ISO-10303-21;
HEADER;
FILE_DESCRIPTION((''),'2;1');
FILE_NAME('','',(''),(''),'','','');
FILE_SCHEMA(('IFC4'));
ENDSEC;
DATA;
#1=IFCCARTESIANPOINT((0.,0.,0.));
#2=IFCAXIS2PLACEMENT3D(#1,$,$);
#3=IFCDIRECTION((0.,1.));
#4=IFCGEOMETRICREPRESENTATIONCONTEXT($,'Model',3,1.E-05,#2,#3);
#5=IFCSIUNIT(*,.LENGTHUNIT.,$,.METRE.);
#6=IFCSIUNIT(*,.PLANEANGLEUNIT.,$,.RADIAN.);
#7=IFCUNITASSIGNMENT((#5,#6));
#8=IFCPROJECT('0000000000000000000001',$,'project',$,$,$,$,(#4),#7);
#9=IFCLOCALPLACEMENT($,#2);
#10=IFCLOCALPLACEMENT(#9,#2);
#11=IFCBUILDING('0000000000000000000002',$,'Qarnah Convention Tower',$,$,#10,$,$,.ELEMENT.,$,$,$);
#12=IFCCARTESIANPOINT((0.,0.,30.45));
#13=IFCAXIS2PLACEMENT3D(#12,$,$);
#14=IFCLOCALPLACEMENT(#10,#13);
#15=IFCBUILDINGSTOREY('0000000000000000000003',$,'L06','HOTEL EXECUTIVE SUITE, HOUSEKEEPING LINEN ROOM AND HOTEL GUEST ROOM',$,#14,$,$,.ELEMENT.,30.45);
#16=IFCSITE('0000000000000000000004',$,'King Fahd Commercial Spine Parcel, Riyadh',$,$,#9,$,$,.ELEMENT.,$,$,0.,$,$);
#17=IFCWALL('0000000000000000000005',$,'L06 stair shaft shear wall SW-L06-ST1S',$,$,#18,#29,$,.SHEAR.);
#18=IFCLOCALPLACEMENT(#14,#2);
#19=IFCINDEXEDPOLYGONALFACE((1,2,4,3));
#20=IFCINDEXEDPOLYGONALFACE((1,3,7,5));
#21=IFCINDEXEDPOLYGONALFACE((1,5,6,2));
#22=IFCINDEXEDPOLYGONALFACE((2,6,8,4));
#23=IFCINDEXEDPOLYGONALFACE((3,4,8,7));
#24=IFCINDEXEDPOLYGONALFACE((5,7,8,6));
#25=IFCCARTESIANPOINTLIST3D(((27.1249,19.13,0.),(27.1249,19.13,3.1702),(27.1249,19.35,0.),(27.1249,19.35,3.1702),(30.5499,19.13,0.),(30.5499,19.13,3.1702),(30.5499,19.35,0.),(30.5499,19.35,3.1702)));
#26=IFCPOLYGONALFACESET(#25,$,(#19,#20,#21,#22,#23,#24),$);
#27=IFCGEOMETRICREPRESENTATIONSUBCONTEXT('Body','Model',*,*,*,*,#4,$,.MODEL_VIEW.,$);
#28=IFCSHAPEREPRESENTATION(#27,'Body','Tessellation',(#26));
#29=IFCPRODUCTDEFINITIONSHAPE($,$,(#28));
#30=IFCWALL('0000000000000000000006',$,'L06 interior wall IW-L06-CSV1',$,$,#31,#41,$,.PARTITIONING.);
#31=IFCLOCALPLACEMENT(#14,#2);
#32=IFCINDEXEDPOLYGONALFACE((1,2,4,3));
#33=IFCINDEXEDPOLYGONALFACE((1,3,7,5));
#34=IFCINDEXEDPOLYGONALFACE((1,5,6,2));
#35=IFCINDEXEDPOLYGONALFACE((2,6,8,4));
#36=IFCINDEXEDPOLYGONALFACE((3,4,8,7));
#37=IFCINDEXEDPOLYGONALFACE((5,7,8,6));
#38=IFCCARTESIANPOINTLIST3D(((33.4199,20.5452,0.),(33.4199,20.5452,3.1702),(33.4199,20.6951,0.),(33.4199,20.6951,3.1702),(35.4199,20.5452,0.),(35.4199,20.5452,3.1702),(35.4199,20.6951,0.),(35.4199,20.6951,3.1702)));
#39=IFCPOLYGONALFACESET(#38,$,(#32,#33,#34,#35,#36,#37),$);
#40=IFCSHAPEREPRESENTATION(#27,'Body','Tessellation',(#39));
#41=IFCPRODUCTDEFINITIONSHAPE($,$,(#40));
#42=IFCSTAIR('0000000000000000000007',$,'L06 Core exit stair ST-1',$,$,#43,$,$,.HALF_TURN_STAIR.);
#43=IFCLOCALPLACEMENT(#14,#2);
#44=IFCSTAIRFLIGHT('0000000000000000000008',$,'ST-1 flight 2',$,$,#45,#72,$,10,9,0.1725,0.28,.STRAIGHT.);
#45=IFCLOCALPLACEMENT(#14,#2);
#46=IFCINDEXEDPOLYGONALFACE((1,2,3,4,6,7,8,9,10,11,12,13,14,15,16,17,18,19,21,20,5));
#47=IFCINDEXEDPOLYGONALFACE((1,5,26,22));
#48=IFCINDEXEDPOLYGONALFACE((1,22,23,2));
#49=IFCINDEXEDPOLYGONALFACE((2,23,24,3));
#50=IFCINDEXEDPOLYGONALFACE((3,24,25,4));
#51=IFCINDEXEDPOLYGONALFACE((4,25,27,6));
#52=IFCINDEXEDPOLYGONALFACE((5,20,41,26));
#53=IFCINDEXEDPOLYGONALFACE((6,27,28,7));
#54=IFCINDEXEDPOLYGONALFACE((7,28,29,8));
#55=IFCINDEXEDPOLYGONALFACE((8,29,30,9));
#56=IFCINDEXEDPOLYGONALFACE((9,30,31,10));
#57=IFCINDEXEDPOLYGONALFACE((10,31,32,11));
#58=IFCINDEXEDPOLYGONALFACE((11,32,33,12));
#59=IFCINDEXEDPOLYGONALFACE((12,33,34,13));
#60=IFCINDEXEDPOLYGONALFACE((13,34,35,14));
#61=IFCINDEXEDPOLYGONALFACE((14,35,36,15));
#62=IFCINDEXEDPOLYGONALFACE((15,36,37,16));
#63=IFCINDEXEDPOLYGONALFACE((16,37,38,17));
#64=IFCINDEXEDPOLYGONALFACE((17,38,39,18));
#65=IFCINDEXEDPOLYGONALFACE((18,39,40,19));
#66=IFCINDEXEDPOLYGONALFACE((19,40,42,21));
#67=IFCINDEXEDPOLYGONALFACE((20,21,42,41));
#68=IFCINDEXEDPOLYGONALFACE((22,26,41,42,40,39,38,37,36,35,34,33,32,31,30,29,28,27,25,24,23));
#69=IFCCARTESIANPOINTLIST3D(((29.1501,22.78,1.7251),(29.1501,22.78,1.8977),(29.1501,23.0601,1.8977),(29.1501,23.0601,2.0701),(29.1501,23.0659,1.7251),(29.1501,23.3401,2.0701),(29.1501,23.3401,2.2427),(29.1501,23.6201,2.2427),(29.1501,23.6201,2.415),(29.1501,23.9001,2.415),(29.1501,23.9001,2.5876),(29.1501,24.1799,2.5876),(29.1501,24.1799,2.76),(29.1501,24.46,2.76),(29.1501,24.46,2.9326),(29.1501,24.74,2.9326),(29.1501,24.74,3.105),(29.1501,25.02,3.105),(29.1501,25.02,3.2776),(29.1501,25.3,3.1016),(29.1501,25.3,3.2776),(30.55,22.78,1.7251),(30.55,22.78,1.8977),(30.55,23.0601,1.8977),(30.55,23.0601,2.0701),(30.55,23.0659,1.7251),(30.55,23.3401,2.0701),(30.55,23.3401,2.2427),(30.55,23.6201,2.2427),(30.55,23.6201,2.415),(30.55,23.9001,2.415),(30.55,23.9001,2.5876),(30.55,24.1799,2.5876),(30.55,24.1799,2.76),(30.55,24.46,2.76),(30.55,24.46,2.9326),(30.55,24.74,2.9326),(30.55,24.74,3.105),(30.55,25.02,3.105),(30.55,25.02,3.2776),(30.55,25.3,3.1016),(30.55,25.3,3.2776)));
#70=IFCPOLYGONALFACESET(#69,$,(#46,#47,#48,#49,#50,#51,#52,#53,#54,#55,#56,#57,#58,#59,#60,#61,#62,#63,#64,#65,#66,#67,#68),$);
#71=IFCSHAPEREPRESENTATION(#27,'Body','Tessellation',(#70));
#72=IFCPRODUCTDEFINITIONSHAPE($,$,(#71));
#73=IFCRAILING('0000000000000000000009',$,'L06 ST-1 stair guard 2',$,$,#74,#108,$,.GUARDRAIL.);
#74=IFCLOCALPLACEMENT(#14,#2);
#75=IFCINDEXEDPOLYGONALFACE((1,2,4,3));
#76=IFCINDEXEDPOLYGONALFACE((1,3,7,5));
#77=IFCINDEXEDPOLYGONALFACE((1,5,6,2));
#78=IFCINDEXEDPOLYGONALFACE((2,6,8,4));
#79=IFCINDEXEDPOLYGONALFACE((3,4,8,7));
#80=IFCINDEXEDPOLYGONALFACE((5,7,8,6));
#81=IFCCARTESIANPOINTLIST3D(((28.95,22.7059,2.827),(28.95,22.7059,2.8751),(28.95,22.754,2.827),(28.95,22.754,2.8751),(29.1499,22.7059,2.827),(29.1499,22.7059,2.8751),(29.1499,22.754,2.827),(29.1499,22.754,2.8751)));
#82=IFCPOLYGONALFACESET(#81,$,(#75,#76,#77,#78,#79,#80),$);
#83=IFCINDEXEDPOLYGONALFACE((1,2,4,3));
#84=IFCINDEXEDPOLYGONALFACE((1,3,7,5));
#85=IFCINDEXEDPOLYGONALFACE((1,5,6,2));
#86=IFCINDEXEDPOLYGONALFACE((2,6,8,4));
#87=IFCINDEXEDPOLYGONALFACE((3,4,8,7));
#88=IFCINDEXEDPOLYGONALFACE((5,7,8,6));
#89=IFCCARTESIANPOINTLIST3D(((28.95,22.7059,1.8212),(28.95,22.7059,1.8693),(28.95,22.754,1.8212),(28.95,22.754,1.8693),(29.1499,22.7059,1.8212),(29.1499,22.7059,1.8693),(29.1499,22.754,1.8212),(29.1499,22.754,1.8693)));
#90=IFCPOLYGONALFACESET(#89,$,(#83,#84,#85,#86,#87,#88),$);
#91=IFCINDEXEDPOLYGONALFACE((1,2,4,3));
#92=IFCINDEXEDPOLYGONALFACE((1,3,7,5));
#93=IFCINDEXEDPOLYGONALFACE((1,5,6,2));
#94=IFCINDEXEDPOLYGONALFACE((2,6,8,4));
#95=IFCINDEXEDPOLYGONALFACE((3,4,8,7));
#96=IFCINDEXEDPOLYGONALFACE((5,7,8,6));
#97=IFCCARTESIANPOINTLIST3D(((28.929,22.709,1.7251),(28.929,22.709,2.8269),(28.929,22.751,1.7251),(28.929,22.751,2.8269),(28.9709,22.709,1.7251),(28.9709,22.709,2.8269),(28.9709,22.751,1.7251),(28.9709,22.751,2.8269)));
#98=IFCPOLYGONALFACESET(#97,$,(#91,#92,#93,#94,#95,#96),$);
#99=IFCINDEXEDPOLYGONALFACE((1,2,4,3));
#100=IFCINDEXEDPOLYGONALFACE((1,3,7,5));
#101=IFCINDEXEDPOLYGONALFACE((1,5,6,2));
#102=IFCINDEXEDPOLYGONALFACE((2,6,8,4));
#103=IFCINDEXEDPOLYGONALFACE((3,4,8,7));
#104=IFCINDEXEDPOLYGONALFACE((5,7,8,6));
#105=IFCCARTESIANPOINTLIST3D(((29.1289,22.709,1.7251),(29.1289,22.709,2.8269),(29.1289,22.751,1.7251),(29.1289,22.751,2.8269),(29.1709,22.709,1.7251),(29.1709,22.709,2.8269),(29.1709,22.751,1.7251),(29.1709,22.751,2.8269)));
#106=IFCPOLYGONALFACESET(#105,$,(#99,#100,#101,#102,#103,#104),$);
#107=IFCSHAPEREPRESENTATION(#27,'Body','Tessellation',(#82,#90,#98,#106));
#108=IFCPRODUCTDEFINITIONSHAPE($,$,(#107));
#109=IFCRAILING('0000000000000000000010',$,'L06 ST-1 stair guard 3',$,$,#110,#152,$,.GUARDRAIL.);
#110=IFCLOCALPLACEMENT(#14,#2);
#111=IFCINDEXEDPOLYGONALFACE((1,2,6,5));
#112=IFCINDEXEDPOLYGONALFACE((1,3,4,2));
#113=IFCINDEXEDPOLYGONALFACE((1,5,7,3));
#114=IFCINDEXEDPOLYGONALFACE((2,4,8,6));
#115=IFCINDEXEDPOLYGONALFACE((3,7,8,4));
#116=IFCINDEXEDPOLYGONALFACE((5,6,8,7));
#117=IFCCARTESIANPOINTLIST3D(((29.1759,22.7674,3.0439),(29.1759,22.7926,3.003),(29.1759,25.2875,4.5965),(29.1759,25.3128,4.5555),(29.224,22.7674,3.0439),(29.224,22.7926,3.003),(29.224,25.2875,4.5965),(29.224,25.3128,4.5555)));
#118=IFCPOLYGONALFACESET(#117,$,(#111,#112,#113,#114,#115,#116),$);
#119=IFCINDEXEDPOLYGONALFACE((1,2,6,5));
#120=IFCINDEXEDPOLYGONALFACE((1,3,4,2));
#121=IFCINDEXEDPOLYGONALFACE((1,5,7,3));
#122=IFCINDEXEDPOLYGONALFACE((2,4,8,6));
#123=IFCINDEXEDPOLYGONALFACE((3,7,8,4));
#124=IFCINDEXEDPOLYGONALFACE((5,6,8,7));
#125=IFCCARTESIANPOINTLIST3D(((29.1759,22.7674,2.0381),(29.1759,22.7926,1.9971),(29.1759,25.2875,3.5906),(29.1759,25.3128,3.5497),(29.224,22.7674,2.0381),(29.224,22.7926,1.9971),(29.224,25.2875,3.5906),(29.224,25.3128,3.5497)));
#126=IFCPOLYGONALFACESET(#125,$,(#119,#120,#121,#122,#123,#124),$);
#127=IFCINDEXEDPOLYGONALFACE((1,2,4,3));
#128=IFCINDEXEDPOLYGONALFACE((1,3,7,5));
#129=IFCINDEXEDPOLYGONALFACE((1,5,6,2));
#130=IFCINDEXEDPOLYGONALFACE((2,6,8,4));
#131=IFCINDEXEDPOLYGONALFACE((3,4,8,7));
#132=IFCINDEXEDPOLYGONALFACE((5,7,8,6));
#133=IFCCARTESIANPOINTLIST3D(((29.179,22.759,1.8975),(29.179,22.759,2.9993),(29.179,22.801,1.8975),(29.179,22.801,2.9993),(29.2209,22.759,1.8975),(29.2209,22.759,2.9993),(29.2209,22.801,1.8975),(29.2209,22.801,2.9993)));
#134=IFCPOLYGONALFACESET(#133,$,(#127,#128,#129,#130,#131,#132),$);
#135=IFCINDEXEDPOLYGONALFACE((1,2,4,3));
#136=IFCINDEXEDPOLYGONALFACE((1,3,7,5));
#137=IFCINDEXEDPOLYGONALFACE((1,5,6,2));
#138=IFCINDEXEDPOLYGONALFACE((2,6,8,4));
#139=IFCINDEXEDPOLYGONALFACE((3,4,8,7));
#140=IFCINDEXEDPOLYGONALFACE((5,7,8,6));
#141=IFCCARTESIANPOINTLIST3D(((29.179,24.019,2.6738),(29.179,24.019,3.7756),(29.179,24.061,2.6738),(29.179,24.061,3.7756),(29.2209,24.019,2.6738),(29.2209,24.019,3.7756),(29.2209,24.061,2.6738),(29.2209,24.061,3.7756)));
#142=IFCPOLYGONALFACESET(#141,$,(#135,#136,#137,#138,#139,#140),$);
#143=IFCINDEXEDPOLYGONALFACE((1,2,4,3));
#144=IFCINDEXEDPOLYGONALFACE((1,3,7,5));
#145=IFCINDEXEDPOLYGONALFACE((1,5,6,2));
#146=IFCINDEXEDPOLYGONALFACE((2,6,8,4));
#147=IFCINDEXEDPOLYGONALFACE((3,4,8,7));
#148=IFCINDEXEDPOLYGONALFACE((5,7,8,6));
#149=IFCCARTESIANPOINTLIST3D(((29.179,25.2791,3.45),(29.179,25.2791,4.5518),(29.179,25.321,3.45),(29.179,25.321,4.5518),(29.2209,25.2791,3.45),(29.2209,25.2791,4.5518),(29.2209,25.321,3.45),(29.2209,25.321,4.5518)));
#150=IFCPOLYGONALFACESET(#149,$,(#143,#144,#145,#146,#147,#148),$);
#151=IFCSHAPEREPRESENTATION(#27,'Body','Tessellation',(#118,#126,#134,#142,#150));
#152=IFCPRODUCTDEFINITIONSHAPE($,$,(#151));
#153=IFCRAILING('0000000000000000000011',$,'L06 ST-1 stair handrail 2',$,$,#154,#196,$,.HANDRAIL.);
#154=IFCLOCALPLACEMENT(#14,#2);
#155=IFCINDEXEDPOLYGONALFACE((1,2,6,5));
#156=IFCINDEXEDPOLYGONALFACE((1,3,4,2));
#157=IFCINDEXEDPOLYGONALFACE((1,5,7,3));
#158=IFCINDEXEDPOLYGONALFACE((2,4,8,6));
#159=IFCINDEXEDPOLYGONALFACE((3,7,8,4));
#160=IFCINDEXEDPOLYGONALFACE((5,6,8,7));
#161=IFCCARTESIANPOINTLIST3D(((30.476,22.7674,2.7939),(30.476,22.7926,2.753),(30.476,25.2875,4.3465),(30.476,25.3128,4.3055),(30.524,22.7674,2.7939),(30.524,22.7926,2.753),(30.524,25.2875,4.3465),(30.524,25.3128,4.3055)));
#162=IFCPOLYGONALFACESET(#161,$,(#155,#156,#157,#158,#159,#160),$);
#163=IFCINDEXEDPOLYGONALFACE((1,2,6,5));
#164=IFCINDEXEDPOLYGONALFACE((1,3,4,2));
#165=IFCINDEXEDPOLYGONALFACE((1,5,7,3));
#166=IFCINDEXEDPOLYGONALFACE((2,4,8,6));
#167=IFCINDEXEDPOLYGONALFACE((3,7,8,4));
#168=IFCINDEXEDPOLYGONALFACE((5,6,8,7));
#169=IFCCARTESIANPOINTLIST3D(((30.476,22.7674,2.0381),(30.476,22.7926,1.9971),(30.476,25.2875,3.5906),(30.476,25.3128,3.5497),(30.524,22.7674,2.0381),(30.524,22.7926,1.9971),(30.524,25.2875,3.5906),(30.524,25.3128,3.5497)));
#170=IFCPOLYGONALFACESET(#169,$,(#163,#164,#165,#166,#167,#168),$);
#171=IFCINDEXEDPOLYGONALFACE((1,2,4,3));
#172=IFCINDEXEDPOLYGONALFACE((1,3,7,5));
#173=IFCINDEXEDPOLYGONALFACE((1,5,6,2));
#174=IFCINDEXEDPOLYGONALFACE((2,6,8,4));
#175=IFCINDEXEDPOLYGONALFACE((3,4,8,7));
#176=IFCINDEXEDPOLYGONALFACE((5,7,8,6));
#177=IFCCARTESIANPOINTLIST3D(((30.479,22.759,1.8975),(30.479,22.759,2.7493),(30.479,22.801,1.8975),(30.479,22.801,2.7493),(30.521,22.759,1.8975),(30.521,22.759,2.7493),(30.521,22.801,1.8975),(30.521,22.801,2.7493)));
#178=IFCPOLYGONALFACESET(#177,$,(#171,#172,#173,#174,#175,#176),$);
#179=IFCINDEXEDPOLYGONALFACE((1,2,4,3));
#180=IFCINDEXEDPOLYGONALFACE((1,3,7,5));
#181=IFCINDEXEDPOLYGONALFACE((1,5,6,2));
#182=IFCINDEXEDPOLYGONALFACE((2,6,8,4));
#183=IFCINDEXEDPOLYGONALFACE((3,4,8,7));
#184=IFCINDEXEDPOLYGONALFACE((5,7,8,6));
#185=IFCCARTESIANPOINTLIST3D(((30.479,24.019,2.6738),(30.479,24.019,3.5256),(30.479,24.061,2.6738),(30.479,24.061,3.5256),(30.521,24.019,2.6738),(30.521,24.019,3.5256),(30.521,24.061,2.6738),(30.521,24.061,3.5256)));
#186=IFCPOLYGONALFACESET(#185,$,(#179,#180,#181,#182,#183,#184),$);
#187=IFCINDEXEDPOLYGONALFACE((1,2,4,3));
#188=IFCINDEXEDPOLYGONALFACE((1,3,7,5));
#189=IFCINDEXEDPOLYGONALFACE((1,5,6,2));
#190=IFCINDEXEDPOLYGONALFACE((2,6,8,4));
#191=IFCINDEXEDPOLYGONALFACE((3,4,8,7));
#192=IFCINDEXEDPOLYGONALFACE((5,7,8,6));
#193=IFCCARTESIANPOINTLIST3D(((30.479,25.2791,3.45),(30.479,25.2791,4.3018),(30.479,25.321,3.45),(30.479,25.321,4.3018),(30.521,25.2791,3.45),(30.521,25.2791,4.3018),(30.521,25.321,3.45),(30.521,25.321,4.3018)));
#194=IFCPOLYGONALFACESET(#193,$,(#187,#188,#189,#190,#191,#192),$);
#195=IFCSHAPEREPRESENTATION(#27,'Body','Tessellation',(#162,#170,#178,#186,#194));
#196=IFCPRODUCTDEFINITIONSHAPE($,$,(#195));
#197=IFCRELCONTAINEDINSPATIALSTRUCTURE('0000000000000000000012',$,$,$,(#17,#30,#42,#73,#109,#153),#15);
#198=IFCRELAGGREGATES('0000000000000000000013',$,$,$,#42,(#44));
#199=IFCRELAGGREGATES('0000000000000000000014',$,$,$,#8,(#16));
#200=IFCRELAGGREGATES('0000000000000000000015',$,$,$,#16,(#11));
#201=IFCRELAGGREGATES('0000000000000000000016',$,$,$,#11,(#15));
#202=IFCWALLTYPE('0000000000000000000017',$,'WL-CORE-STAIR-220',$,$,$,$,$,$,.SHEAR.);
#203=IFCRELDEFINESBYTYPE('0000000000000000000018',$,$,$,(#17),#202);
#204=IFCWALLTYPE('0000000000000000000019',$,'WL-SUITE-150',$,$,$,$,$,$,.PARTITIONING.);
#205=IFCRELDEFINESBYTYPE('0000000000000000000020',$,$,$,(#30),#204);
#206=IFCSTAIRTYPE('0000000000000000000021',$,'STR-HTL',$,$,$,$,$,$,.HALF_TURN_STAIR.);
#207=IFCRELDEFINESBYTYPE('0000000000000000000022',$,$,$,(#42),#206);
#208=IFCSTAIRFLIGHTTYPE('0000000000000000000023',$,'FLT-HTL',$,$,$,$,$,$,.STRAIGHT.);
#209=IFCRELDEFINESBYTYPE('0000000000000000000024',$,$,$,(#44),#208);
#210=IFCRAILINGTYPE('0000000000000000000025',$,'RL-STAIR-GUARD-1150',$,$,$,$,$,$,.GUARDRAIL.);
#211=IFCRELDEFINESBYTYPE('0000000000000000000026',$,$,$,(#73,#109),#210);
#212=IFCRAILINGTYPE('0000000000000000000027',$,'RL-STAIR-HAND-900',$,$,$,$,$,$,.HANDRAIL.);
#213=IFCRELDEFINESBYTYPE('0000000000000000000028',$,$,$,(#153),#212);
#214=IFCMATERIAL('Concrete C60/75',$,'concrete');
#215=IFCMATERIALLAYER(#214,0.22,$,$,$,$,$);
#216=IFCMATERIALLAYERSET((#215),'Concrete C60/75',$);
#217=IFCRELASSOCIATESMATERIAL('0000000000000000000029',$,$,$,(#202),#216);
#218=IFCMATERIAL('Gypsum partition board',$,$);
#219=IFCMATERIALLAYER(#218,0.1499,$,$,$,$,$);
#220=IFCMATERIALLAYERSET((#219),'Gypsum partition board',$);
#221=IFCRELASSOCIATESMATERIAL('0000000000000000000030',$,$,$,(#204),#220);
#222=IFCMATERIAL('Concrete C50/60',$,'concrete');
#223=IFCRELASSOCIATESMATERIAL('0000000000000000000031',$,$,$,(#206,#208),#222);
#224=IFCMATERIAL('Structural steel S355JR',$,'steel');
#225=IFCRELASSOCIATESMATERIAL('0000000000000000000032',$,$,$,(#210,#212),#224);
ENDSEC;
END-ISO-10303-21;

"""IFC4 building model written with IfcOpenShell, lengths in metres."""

from ifc_helpers import new_model, si_unit, direction, frame, frame_2d, origin, origin_2d, place, context, subcontext, project, spatial, polyline, rectangle, outline, extrude, material, layer, layer_set, type_object, element, aggregate, save


model = new_model("IFC4")

# Units and contexts
model_context = context("Model", 3, precision=1e-05, world=origin(), true_north=direction((0.0, 1.0)))
body_context = subcontext(model_context, "Body", "Model", "MODEL_VIEW")
ifc_project = project(units=[si_unit("LENGTHUNIT", "METRE"), si_unit("PLANEANGLEUNIT", "RADIAN")], contexts=[model_context])

# Site, building, storey
site_placement = place(None, origin())
site = spatial("IfcSite", under=ifc_project, at=site_placement, Name="King Fahd Commercial Spine Parcel, Riyadh", CompositionType="ELEMENT", RefElevation=0.0)
building_placement = place(site_placement, origin())
building = spatial("IfcBuilding", under=site, at=building_placement, Name="Qarnah Convention Tower", CompositionType="ELEMENT")
storey_placement = place(building_placement, frame((0.0, 0.0, 30.45)))
storey = spatial("IfcBuildingStorey", under=building, at=storey_placement, Name="L06", Description="HOTEL EXECUTIVE SUITE, HOUSEKEEPING LINEN ROOM AND HOTEL GUEST ROOM", CompositionType="ELEMENT", Elevation=30.45)

# Shared definitions
ifc_material_1 = material(Name="Structural steel S355JR", Category="steel")

# Walls
ifc_material_2 = material(Name="Concrete C60/75", Category="concrete")
ifc_layer_1 = layer(ifc_material_2, 0.22)
ifc_layer_set_1 = layer_set([ifc_layer_1], Name="Concrete C60/75")
wall_type_1 = type_object("IfcWallType", Name="WL-CORE-STAIR-220", PredefinedType="SHEAR", material=ifc_layer_set_1)
wall_1_placement = place(storey_placement, frame((27.125, 19.24, 0.0), z_axis=(0.0, 0.0, 1.0), x_axis=(1.0, 0.0, 0.0)))
element("IfcWall", 1, at=wall_1_placement, inside=storey, type_object=wall_type_1, Name="L06 stair shaft shear wall SW-L06-ST1S", PredefinedType="SHEAR", context=body_context, shape_type="SweptSolid", body=[
    extrude(rectangle(XDim=3.425, YDim=0.22, at=frame_2d((1.7124, 0.0))), origin(), (0.0, 0.0, 1.0), 3.1702),
])
ifc_material_3 = material(Name="Gypsum partition board")
ifc_layer_2 = layer(ifc_material_3, 0.1499)
ifc_layer_set_2 = layer_set([ifc_layer_2], Name="Gypsum partition board")
wall_type_2 = type_object("IfcWallType", Name="WL-SUITE-150", PredefinedType="PARTITIONING", material=ifc_layer_set_2)
wall_2_placement = place(storey_placement, frame((33.4199, 20.6201, 0.0), z_axis=(0.0, 0.0, 1.0), x_axis=(1.0, 0.0, 0.0)))
element("IfcWall", 2, at=wall_2_placement, inside=storey, type_object=wall_type_2, Name="L06 interior wall IW-L06-CSV1", PredefinedType="PARTITIONING", context=body_context, shape_type="SweptSolid", body=[
    extrude(rectangle(XDim=2.0, YDim=0.1499, at=frame_2d((1.0, 0.0))), origin(), (0.0, 0.0, 1.0), 3.1702),
])

# Stair, stair flight
ifc_material_4 = material(Name="Concrete C50/60", Category="concrete")
stair_type = type_object("IfcStairType", Name="STR-HTL", PredefinedType="HALF_TURN_STAIR", material=ifc_material_4)
stair_placement = place(storey_placement, origin())
stair = element("IfcStair", 3, at=stair_placement, inside=storey, type_object=stair_type, Name="L06 Core exit stair ST-1", PredefinedType="HALF_TURN_STAIR")
stair_flight_type = type_object("IfcStairFlightType", Name="FLT-HTL", PredefinedType="STRAIGHT", material=ifc_material_4)
stair_flight_placement = place(storey_placement, frame((29.8501, 22.78, 1.7251), z_axis=(0.0, 0.0, 1.0), x_axis=(0.0, 1.0, 0.0)))
stair_flight = element("IfcStairFlight", 4, at=stair_flight_placement, type_object=stair_flight_type, Name="ST-1 flight 2", NumberOfRisers=10, NumberOfTreads=9, PredefinedType="STRAIGHT", RiserHeight=0.1725, TreadLength=0.28, context=body_context, shape_type="SweptSolid", body=[
    extrude(outline(polyline([(0.0, 0.0), (0.0, 0.1726), (0.28, 0.1726), (0.28, 0.345), (0.5601, 0.345), (0.5601, 0.5176), (0.8401, 0.5176), (0.8401, 0.6899), (1.1201, 0.6899), (1.1201, 0.8625), (1.3999, 0.8625), (1.3999, 1.0349), (1.6799, 1.0349), (1.6799, 1.2075), (1.96, 1.2075), (1.96, 1.3799), (2.24, 1.3799), (2.24, 1.5525), (2.52, 1.5525), (2.52, 1.7251), (2.52, 1.3765), (0.2859, 0.0), (0.0, 0.0)])), frame((0.0, 0.7, 0.0), z_axis=(0.0, -1.0, 0.0), x_axis=(1.0, 0.0, 0.0)), (0.0, 0.0, 1.0), 1.3999),
])
aggregate(stair, [stair_flight])

# Railings
railing_type_1 = type_object("IfcRailingType", Name="RL-STAIR-GUARD-1150", PredefinedType="GUARDRAIL", material=ifc_material_1)
railing_1_placement = place(storey_placement, frame((28.95, 22.73, 1.7251)))
element("IfcRailing", 5, at=railing_1_placement, inside=storey, type_object=railing_type_1, Name="L06 ST-1 stair guard 2", PredefinedType="GUARDRAIL", context=body_context, shape_type="SweptSolid", body=[
    extrude(rectangle(XDim=0.0481, YDim=0.0481, at=origin_2d()), frame((0.0, 0.0, 1.126), z_axis=(1.0, 0.0, 0.0), x_axis=(0.0, 1.0, 0.0)), (0.0, 0.0, 1.0), 0.2),
    extrude(rectangle(XDim=0.0481, YDim=0.0481, at=origin_2d()), frame((0.0, 0.0, 0.1201), z_axis=(1.0, 0.0, 0.0), x_axis=(0.0, 1.0, 0.0)), (0.0, 0.0, 1.0), 0.2),
    extrude(rectangle(XDim=0.042, YDim=0.042, at=origin_2d()), origin(), (0.0, 0.0, 1.0), 1.1018),
    extrude(rectangle(XDim=0.042, YDim=0.042, at=origin_2d()), frame((0.2, 0.0, 0.0)), (0.0, 0.0, 1.0), 1.1018),
])
railing_2_placement = place(storey_placement, frame((29.2, 22.78, 1.8975)))
element("IfcRailing", 6, at=railing_2_placement, inside=storey, type_object=railing_type_1, Name="L06 ST-1 stair guard 3", PredefinedType="GUARDRAIL", context=body_context, shape_type="SweptSolid", body=[
    extrude(rectangle(XDim=0.0481, YDim=0.0481, at=origin_2d()), frame((0.0, 0.0, 1.126), z_axis=(0.0, 0.8514, 0.524516), x_axis=(-1.0, 0.0, 0.0)), (0.0, 0.0, 1.0), 2.96),
    extrude(rectangle(XDim=0.0481, YDim=0.0481, at=origin_2d()), frame((0.0, 0.0, 0.1201), z_axis=(0.0, 0.8514, 0.524516), x_axis=(-1.0, 0.0, 0.0)), (0.0, 0.0, 1.0), 2.96),
    extrude(rectangle(XDim=0.042, YDim=0.042, at=origin_2d()), origin(), (0.0, 0.0, 1.0), 1.1018),
    extrude(rectangle(XDim=0.042, YDim=0.042, at=origin_2d()), frame((0.0, 1.26, 0.7764)), (0.0, 0.0, 1.0), 1.1018),
    extrude(rectangle(XDim=0.042, YDim=0.042, at=origin_2d()), frame((0.0, 2.52, 1.5525)), (0.0, 0.0, 1.0), 1.1018),
])
railing_type_2 = type_object("IfcRailingType", Name="RL-STAIR-HAND-900", PredefinedType="HANDRAIL", material=ifc_material_1)
railing_3_placement = place(storey_placement, frame((30.5, 22.78, 1.8975)))
element("IfcRailing", 7, at=railing_3_placement, inside=storey, type_object=railing_type_2, Name="L06 ST-1 stair handrail 2", PredefinedType="HANDRAIL", context=body_context, shape_type="SweptSolid", body=[
    extrude(rectangle(XDim=0.0481, YDim=0.0481, at=origin_2d()), frame((0.0, 0.0, 0.876), z_axis=(0.0, 0.8514, 0.524516), x_axis=(-1.0, 0.0, 0.0)), (0.0, 0.0, 1.0), 2.96),
    extrude(rectangle(XDim=0.0481, YDim=0.0481, at=origin_2d()), frame((0.0, 0.0, 0.1201), z_axis=(0.0, 0.8514, 0.524516), x_axis=(-1.0, 0.0, 0.0)), (0.0, 0.0, 1.0), 2.96),
    extrude(rectangle(XDim=0.042, YDim=0.042, at=origin_2d()), origin(), (0.0, 0.0, 1.0), 0.8518),
    extrude(rectangle(XDim=0.042, YDim=0.042, at=origin_2d()), frame((0.0, 1.26, 0.7764)), (0.0, 0.0, 1.0), 0.8518),
    extrude(rectangle(XDim=0.042, YDim=0.042, at=origin_2d()), frame((0.0, 2.52, 1.5525)), (0.0, 0.0, 1.0), 0.8518),
])

save(model, "model.ifc")
